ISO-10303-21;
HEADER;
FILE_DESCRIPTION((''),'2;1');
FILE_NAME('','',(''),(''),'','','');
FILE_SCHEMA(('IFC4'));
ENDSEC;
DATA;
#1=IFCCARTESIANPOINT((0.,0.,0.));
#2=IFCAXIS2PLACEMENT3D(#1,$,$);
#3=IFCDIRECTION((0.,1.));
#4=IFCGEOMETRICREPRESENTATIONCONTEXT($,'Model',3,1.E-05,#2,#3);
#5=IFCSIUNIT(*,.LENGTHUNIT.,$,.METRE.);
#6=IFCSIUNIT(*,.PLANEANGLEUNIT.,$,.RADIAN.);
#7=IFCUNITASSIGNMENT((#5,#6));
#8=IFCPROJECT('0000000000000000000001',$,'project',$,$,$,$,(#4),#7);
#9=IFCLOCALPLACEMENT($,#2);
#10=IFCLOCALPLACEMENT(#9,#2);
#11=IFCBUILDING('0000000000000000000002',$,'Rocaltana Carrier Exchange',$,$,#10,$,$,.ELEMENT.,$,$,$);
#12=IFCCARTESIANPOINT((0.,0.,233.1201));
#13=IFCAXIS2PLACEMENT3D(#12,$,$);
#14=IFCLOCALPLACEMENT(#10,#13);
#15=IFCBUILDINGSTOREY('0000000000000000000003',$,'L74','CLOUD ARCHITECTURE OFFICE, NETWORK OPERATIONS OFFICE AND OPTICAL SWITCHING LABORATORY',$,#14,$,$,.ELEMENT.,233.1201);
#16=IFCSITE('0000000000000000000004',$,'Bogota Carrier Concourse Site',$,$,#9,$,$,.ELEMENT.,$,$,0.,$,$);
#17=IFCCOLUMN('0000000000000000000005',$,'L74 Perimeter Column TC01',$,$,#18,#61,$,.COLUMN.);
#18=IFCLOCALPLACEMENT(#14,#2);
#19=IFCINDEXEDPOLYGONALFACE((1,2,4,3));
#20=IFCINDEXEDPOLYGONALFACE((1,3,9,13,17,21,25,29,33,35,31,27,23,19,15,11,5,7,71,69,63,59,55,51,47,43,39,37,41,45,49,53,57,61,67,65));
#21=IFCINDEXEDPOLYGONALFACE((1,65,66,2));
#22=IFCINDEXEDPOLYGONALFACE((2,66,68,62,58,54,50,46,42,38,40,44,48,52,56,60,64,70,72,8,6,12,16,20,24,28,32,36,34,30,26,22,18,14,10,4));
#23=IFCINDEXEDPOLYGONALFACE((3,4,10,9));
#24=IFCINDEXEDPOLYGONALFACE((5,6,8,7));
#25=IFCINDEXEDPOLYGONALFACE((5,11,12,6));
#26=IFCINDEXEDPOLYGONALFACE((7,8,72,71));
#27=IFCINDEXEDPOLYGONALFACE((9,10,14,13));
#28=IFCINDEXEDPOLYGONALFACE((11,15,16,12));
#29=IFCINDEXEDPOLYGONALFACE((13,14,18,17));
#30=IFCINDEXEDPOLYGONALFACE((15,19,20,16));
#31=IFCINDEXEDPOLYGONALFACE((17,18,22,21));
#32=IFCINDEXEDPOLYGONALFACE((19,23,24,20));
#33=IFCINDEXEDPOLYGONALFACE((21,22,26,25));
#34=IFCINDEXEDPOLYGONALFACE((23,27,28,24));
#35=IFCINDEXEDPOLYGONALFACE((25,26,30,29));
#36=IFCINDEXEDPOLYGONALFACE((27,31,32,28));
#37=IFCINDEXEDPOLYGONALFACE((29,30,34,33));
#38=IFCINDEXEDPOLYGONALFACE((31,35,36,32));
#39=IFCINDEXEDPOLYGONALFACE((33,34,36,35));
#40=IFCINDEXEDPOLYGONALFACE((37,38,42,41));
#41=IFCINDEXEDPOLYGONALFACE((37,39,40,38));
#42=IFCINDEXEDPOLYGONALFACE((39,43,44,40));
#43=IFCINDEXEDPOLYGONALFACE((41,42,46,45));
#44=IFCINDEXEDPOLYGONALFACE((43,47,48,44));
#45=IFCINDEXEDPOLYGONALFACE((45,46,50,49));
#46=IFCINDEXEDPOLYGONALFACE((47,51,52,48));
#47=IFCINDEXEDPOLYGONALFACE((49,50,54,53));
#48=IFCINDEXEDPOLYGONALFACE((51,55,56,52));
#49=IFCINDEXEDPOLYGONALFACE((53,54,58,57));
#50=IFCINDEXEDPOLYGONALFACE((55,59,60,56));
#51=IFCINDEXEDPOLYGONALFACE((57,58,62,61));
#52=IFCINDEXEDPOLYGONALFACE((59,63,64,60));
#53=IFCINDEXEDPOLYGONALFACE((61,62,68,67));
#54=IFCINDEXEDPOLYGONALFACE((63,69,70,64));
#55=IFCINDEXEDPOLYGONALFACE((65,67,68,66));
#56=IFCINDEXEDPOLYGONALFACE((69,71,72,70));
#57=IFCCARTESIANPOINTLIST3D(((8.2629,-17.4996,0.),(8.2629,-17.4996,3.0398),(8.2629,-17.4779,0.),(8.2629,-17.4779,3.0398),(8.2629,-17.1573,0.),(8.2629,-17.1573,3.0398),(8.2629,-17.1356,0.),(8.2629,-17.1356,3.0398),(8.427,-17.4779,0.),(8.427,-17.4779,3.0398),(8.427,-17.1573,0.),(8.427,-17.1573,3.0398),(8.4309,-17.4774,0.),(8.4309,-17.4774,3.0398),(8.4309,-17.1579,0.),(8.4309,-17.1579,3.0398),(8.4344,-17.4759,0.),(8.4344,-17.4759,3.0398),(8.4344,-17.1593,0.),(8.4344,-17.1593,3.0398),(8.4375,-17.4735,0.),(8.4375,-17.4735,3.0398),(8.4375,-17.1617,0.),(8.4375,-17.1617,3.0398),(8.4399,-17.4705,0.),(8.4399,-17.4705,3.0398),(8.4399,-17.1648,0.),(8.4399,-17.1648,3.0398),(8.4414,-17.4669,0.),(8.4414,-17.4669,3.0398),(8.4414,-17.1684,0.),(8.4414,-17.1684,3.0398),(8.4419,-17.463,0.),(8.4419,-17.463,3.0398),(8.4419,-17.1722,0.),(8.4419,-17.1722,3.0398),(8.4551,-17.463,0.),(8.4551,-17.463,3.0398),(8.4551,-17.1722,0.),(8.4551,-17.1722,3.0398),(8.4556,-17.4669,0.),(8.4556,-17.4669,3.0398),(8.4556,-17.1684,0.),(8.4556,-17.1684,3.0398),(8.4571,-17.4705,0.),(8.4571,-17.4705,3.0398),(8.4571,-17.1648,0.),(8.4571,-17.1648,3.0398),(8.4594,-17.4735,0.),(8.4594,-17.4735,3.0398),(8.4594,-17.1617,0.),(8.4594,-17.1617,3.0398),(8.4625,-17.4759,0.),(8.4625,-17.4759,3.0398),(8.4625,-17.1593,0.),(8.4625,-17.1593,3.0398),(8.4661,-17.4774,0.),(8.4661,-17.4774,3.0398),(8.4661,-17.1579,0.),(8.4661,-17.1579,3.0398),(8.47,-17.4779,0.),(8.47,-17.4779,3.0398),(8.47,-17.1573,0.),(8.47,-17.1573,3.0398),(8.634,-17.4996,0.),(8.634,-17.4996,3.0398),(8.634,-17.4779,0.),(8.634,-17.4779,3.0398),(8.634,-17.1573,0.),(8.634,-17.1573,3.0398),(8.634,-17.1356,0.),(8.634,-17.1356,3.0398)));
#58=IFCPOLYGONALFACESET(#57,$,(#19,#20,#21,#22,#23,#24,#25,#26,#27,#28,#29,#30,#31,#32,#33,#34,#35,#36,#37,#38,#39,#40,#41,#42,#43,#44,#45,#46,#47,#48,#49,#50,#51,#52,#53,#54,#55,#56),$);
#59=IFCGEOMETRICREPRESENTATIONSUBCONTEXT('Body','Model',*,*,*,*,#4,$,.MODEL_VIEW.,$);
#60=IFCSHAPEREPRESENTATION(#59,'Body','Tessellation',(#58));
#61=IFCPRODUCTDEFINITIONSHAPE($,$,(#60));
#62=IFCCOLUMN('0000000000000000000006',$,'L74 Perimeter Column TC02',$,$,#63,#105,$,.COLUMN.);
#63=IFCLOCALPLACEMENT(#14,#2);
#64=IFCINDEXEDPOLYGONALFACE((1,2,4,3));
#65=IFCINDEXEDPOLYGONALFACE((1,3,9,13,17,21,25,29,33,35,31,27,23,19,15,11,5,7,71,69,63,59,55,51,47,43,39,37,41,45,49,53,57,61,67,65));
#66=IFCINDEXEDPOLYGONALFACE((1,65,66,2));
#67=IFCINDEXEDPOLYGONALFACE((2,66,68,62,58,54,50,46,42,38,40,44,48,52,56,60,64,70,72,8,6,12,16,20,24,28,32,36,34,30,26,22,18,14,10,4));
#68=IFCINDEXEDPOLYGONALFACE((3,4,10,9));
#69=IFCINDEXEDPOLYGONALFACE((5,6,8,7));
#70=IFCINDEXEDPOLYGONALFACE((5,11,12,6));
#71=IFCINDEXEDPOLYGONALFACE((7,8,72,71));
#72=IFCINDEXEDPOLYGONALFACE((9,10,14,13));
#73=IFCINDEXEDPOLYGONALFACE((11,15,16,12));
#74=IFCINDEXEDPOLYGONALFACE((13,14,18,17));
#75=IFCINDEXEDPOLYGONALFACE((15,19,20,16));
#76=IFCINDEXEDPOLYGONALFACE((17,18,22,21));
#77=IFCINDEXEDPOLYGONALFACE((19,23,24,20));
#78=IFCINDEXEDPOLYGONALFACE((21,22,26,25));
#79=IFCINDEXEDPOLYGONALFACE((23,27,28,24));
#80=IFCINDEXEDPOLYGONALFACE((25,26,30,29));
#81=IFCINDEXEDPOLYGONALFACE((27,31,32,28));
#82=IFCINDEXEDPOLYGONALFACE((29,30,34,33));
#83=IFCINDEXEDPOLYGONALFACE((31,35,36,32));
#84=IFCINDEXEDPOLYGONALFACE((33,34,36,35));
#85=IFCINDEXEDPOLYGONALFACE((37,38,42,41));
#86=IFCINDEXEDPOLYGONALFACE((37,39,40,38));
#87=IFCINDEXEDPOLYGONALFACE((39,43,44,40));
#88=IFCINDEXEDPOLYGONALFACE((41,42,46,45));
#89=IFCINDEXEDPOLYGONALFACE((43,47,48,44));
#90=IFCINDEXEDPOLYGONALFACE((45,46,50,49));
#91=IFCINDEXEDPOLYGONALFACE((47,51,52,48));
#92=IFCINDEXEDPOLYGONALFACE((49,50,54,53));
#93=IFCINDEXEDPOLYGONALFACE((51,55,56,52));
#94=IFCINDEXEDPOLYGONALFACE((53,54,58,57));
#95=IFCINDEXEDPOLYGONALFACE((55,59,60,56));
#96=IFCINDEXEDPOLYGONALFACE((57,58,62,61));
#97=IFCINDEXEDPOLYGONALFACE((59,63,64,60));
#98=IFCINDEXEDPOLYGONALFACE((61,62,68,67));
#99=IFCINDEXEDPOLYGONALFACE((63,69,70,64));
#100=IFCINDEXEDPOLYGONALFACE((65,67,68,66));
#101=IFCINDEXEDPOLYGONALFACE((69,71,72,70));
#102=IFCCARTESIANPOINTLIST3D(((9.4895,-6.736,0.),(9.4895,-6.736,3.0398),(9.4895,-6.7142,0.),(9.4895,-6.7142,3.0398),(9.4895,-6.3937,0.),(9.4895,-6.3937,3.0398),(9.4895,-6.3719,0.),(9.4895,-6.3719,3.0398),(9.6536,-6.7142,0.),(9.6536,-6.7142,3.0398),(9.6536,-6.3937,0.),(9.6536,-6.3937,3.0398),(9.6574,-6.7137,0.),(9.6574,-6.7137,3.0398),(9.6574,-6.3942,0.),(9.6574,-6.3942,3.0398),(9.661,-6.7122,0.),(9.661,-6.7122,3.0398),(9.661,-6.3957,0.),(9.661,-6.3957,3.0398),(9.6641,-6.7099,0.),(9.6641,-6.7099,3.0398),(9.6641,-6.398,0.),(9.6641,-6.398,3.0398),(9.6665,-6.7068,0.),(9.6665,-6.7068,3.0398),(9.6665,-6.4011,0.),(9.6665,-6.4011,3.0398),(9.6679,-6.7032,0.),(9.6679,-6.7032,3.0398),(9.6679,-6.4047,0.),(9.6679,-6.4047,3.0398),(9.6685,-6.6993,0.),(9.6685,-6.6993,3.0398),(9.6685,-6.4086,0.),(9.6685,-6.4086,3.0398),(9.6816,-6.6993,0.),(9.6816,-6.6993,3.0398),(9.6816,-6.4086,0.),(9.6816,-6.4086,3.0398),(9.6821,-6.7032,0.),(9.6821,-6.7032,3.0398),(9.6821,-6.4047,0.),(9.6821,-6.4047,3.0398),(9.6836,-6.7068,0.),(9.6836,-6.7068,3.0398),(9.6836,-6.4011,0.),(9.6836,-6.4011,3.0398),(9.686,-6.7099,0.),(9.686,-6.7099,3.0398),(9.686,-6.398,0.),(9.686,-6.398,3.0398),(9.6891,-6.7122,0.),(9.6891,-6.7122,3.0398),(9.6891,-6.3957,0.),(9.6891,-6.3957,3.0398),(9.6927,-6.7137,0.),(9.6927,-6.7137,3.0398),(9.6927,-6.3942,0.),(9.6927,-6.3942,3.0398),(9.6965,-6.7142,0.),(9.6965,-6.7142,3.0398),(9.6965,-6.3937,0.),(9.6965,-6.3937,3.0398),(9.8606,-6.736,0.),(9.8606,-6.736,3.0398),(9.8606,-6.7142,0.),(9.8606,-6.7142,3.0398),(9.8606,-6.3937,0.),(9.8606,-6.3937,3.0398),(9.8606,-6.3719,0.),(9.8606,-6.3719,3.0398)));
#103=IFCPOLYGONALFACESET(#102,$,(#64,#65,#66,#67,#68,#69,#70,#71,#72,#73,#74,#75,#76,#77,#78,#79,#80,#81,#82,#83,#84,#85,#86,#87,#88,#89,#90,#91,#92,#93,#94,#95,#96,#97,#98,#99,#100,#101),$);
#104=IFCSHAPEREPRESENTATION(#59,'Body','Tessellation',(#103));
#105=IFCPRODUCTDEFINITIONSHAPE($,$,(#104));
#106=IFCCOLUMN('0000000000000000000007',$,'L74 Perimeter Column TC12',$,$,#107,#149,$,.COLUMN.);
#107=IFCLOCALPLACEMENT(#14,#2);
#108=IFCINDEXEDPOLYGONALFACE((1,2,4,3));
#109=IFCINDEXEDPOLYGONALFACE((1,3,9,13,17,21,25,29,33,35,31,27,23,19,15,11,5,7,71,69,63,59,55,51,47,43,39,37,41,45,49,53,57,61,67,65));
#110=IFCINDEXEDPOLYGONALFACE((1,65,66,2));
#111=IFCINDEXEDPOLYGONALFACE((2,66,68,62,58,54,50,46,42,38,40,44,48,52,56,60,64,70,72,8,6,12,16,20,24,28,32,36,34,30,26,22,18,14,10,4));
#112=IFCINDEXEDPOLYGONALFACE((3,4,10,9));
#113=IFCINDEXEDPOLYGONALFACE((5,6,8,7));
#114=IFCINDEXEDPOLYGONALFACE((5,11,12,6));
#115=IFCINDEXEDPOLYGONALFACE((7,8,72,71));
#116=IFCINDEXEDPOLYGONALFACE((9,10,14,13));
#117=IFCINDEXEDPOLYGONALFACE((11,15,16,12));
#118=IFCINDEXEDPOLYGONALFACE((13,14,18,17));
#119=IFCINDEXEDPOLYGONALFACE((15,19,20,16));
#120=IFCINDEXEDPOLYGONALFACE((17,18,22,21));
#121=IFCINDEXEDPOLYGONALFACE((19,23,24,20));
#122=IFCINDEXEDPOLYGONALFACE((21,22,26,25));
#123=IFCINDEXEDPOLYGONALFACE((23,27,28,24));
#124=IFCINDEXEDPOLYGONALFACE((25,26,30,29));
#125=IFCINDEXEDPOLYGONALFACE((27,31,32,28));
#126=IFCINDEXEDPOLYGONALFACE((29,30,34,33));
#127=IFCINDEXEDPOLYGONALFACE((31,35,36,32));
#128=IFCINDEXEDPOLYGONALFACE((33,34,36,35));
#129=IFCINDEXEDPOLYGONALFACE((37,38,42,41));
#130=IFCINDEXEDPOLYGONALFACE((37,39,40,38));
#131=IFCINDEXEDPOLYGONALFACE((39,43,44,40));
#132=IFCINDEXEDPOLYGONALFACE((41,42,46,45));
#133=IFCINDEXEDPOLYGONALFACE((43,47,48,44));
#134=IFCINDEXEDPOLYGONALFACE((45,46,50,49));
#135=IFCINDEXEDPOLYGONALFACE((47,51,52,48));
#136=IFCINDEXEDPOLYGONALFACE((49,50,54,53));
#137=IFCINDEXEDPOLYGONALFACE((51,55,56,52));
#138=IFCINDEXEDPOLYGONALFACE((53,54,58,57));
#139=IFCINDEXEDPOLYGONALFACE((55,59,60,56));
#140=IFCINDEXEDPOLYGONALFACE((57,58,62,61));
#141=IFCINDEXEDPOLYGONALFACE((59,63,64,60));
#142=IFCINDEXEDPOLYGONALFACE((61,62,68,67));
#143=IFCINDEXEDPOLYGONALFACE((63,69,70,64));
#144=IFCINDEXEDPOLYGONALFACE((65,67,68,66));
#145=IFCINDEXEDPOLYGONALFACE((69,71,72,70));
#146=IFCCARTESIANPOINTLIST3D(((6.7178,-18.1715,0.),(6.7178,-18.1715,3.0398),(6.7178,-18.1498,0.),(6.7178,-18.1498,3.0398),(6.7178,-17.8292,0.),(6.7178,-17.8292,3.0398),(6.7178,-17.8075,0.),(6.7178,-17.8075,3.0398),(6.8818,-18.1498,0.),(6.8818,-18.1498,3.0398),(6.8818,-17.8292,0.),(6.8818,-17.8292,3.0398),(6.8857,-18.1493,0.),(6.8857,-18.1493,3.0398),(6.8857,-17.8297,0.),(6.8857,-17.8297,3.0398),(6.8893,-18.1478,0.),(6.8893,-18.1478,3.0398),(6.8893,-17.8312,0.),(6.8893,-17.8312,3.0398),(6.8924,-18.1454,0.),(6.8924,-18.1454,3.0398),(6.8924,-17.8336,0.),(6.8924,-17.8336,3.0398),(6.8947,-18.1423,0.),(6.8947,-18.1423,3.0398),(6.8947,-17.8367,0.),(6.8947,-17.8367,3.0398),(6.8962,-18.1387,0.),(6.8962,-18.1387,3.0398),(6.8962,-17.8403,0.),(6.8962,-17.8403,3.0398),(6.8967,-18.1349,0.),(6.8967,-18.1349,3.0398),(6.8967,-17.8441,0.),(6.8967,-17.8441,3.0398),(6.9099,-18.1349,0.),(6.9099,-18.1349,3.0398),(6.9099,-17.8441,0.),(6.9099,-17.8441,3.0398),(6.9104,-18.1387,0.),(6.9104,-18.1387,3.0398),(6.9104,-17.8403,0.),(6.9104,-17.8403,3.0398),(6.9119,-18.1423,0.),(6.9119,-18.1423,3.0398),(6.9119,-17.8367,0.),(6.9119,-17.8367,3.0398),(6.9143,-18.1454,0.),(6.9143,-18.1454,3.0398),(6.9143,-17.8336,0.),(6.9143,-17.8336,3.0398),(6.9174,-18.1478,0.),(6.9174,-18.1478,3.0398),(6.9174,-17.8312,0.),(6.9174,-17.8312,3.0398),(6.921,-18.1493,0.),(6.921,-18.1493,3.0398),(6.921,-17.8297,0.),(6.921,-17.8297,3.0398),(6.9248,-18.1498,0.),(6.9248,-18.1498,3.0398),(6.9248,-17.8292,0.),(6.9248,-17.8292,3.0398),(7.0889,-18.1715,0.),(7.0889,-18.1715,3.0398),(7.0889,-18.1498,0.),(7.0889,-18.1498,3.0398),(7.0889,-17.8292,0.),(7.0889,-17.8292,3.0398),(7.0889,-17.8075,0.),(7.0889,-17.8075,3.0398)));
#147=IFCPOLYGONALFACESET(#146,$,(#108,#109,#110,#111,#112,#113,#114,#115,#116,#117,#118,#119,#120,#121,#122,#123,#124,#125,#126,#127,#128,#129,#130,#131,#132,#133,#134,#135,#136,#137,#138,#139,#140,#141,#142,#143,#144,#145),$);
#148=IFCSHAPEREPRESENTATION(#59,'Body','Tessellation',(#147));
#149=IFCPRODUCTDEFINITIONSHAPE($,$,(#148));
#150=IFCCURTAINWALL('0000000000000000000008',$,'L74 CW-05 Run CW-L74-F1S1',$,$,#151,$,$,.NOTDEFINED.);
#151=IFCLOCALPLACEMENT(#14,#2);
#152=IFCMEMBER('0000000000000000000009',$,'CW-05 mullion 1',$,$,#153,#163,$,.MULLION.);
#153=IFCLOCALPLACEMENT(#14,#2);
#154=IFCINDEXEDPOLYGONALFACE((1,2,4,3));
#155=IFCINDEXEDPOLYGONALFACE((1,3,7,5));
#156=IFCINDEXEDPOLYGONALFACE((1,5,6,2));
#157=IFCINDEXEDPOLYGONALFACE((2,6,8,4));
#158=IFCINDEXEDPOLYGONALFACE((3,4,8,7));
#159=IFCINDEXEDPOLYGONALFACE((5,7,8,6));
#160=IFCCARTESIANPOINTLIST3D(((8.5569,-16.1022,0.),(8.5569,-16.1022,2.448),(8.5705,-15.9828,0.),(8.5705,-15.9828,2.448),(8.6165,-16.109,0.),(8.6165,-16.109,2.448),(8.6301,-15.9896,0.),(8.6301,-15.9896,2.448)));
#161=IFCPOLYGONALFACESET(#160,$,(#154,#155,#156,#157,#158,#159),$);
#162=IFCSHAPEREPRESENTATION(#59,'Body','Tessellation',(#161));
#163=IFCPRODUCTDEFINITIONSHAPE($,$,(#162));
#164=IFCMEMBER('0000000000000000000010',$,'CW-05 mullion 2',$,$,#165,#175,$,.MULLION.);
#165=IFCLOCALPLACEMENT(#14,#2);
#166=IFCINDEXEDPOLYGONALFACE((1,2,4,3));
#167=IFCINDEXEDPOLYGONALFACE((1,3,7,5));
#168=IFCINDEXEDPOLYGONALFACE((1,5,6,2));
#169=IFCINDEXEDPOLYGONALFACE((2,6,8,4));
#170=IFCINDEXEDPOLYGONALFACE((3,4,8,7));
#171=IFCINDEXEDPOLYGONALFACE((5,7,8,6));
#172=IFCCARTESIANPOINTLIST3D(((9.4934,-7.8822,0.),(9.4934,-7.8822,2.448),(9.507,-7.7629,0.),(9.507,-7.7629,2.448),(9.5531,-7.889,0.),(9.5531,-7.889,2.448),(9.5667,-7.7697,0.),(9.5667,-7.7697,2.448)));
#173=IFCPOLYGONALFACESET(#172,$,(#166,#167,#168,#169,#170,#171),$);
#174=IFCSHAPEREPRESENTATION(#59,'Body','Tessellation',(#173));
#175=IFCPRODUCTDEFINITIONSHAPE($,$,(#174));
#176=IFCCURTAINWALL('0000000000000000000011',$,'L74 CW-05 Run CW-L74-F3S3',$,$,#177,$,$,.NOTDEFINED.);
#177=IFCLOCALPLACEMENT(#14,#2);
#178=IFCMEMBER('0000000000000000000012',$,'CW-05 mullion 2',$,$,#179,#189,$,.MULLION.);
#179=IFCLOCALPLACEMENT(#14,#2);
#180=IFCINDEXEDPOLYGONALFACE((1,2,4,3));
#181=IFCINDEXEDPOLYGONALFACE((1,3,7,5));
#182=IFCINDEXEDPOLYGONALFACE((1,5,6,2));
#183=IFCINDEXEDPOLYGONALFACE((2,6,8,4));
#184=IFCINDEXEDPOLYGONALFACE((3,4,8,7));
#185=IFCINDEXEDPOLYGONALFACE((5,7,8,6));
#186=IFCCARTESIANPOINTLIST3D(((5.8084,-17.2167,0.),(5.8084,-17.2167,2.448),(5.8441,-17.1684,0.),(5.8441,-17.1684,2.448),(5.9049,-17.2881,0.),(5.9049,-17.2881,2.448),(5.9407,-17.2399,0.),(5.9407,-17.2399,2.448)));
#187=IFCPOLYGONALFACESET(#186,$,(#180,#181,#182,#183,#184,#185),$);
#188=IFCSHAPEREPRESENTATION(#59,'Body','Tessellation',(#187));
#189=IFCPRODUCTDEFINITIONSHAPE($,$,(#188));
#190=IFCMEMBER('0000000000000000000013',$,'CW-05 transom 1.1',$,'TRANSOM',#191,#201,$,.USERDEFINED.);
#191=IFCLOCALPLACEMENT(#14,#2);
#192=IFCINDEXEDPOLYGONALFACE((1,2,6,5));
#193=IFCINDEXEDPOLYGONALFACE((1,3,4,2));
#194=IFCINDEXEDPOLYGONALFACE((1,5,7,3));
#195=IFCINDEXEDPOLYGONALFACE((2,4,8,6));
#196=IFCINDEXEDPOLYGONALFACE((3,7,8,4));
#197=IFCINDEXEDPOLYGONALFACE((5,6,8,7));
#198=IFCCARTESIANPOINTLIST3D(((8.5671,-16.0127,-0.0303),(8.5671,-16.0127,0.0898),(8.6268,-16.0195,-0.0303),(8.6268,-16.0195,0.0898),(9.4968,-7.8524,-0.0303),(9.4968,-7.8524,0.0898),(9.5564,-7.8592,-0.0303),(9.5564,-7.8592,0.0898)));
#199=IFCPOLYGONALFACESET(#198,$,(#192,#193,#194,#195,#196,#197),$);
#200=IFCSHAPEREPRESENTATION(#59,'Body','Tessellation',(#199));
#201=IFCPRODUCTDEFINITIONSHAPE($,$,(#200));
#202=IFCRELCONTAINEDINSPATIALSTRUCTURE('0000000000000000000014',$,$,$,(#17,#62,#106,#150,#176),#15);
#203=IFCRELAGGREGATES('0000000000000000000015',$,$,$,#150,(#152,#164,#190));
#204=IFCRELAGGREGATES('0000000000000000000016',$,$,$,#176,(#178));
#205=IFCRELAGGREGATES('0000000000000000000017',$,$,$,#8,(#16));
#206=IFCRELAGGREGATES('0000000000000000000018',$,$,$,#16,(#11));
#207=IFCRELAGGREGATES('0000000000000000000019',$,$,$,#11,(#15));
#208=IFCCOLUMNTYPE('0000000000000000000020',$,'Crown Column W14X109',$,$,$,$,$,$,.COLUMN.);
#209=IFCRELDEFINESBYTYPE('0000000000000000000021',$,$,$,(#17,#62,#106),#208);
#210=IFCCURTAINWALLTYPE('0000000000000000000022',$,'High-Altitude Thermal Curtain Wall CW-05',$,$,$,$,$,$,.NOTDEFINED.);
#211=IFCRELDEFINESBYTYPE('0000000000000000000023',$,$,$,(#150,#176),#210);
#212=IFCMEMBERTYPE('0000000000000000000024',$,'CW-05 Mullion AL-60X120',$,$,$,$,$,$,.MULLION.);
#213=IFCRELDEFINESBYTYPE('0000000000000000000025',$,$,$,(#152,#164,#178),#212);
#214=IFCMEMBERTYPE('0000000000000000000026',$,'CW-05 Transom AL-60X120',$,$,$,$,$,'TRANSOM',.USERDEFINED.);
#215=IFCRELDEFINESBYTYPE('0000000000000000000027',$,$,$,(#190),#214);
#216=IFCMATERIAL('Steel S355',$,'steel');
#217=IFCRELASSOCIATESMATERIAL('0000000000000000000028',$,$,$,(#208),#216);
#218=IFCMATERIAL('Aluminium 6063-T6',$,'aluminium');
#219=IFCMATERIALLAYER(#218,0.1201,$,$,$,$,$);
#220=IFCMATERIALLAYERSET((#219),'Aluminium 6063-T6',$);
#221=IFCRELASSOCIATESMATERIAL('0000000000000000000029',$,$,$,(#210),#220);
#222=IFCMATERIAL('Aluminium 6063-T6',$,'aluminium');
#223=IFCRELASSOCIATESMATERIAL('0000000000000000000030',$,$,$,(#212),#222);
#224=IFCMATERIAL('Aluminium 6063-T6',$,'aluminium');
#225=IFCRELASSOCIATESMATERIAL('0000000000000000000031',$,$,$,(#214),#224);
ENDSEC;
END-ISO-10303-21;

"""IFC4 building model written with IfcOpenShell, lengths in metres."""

from ifc_helpers import new_model, si_unit, direction, frame, origin, origin_2d, place, context, subcontext, project, spatial, rectangle, i_section, extrude, material, layer, layer_set, material_profile, profile_set, type_object, element, aggregate, save


model = new_model("IFC4")

# Units and contexts
model_context = context("Model", 3, precision=1e-05, world=origin(), true_north=direction((0.0, 1.0)))
body_context = subcontext(model_context, "Body", "Model", "MODEL_VIEW")
ifc_project = project(units=[si_unit("LENGTHUNIT", "METRE"), si_unit("PLANEANGLEUNIT", "RADIAN")], contexts=[model_context])

# Site, building, storey
site_placement = place(None, origin())
site = spatial("IfcSite", under=ifc_project, at=site_placement, Name="Bogota Carrier Concourse Site", CompositionType="ELEMENT", RefElevation=0.0)
building_placement = place(site_placement, origin())
building = spatial("IfcBuilding", under=site, at=building_placement, Name="Rocaltana Carrier Exchange", CompositionType="ELEMENT")
storey_placement = place(building_placement, frame((0.0, 0.0, 233.1201)))
storey = spatial("IfcBuildingStorey", under=building, at=storey_placement, Name="L74", Description="CLOUD ARCHITECTURE OFFICE, NETWORK OPERATIONS OFFICE AND OPTICAL SWITCHING LABORATORY", CompositionType="ELEMENT", Elevation=233.1201)

# Columns
ifc_material_1 = material(Name="Steel S355", Category="steel")
ifc_material_profile_1 = material_profile(ifc_material_1, i_section(OverallWidth=0.3711, OverallDepth=0.364, WebThickness=0.0132, FlangeThickness=0.0217, FilletRadius=0.0149, at=origin_2d()), Name="W14X109")
ifc_profile_set_1 = profile_set([ifc_material_profile_1], Name="Steel S355")
column_type = type_object("IfcColumnType", Name="Crown Column W14X109", PredefinedType="COLUMN", material=ifc_profile_set_1)
for number, where, z_axis, x_axis, name in (
    (1, (8.4485, -17.3176, 0.0), (0.0, 0.0, 1.0), (1.0, 0.0, 0.0), "L74 Perimeter Column TC01"),
    (2, (9.675, -6.554, 0.0), (0.0, 0.0, 1.0), (1.0, 0.0, 0.0), "L74 Perimeter Column TC02"),
    (3, (6.9033, -17.9895, 0.0), (0.0, 0.0, 1.0), (1.0, 0.0, 0.0), "L74 Perimeter Column TC12"),
):
    element("IfcColumn", number, at=place(storey_placement, frame(where, z_axis=z_axis, x_axis=x_axis)), inside=storey, type_object=column_type, Name=name, PredefinedType="COLUMN", context=body_context, shape_type="SweptSolid", body=[
        extrude(i_section(OverallWidth=0.3711, OverallDepth=0.364, WebThickness=0.0132, FlangeThickness=0.0217, FilletRadius=0.0149, at=origin_2d()), origin(), (0.0, 0.0, 1.0), 3.0398),
    ])

# Curtain wall, members
ifc_material_2 = material(Name="Aluminium 6063-T6", Category="aluminium")
ifc_layer_1 = layer(ifc_material_2, 0.1201)
ifc_layer_set_1 = layer_set([ifc_layer_1], Name="Aluminium 6063-T6")
curtain_wall_type = type_object("IfcCurtainWallType", Name="High-Altitude Thermal Curtain Wall CW-05", PredefinedType="NOTDEFINED", material=ifc_layer_set_1)
curtain_wall_1_placement = place(storey_placement, origin())
curtain_wall_1 = element("IfcCurtainWall", 4, at=curtain_wall_1_placement, inside=storey, type_object=curtain_wall_type, Name="L74 CW-05 Run CW-L74-F1S1", PredefinedType="NOTDEFINED")
ifc_material_3 = material(Name="Aluminium 6063-T6", Category="aluminium")
ifc_material_profile_2 = material_profile(ifc_material_3, rectangle(XDim=0.0601, YDim=0.1201, at=origin_2d()), Name="AL-60X120")
ifc_profile_set_2 = profile_set([ifc_material_profile_2], Name="Aluminium 6063-T6")
member_type_1 = type_object("IfcMemberType", Name="CW-05 Mullion AL-60X120", PredefinedType="MULLION", material=ifc_profile_set_2)
member_1_placement = place(storey_placement, frame((8.5935, -16.0459, 0.0), z_axis=(0.0, 0.0, 1.0), x_axis=(-0.993571, 0.113209, 0.0)))
member_1 = element("IfcMember", 5, at=member_1_placement, type_object=member_type_1, Name="CW-05 mullion 1", PredefinedType="MULLION", context=body_context, shape_type="SweptSolid", body=[
    extrude(rectangle(XDim=0.0601, YDim=0.1201, at=origin_2d()), origin(), (0.0, 0.0, 1.0), 2.448),
])
member_2_placement = place(storey_placement, frame((9.53, -7.8259, 0.0), z_axis=(0.0, 0.0, 1.0), x_axis=(-0.993571, 0.113209, 0.0)))
member_2 = element("IfcMember", 6, at=member_2_placement, type_object=member_type_1, Name="CW-05 mullion 2", PredefinedType="MULLION", context=body_context, shape_type="SweptSolid", body=[
    extrude(rectangle(XDim=0.0601, YDim=0.1201, at=origin_2d()), origin(), (0.0, 0.0, 1.0), 2.448),
])

# Curtain wall, member
curtain_wall_2_placement = place(storey_placement, origin())
curtain_wall_2 = element("IfcCurtainWall", 7, at=curtain_wall_2_placement, inside=storey, type_object=curtain_wall_type, Name="L74 CW-05 Run CW-L74-F3S3", PredefinedType="NOTDEFINED")
member_3_placement = place(storey_placement, frame((5.8745, -17.2283, 0.0), z_axis=(0.0, 0.0, 1.0), x_axis=(0.594827, 0.803854, 0.0)))
member_3 = element("IfcMember", 8, at=member_3_placement, type_object=member_type_1, Name="CW-05 mullion 2", PredefinedType="MULLION", context=body_context, shape_type="SweptSolid", body=[
    extrude(rectangle(XDim=0.0601, YDim=0.1201, at=origin_2d()), origin(), (0.0, 0.0, 1.0), 2.448),
])

# Member
ifc_material_4 = material(Name="Aluminium 6063-T6", Category="aluminium")
ifc_material_profile_3 = material_profile(ifc_material_4, rectangle(XDim=0.0601, YDim=0.1201, at=origin_2d()), Name="AL-60X120")
ifc_profile_set_3 = profile_set([ifc_material_profile_3], Name="Aluminium 6063-T6")
member_type_2 = type_object("IfcMemberType", Name="CW-05 Transom AL-60X120", ElementType="TRANSOM", PredefinedType="USERDEFINED", material=ifc_profile_set_3)
member_4_placement = place(storey_placement, frame((8.5969, -16.0161, 0.0298), z_axis=(0.113194, 0.993573, 0.0), x_axis=(-0.993573, 0.113194, 0.0)))
member_4 = element("IfcMember", 9, at=member_4_placement, type_object=member_type_2, Name="CW-05 transom 1.1", ObjectType="TRANSOM", PredefinedType="USERDEFINED", context=body_context, shape_type="SweptSolid", body=[
    extrude(rectangle(XDim=0.0601, YDim=0.1201, at=origin_2d()), origin(), (0.0, 0.0, 1.0), 8.2131),
])

aggregate(curtain_wall_1, [member_1, member_2, member_4])
aggregate(curtain_wall_2, [member_3])

save(model, "model.ifc")
